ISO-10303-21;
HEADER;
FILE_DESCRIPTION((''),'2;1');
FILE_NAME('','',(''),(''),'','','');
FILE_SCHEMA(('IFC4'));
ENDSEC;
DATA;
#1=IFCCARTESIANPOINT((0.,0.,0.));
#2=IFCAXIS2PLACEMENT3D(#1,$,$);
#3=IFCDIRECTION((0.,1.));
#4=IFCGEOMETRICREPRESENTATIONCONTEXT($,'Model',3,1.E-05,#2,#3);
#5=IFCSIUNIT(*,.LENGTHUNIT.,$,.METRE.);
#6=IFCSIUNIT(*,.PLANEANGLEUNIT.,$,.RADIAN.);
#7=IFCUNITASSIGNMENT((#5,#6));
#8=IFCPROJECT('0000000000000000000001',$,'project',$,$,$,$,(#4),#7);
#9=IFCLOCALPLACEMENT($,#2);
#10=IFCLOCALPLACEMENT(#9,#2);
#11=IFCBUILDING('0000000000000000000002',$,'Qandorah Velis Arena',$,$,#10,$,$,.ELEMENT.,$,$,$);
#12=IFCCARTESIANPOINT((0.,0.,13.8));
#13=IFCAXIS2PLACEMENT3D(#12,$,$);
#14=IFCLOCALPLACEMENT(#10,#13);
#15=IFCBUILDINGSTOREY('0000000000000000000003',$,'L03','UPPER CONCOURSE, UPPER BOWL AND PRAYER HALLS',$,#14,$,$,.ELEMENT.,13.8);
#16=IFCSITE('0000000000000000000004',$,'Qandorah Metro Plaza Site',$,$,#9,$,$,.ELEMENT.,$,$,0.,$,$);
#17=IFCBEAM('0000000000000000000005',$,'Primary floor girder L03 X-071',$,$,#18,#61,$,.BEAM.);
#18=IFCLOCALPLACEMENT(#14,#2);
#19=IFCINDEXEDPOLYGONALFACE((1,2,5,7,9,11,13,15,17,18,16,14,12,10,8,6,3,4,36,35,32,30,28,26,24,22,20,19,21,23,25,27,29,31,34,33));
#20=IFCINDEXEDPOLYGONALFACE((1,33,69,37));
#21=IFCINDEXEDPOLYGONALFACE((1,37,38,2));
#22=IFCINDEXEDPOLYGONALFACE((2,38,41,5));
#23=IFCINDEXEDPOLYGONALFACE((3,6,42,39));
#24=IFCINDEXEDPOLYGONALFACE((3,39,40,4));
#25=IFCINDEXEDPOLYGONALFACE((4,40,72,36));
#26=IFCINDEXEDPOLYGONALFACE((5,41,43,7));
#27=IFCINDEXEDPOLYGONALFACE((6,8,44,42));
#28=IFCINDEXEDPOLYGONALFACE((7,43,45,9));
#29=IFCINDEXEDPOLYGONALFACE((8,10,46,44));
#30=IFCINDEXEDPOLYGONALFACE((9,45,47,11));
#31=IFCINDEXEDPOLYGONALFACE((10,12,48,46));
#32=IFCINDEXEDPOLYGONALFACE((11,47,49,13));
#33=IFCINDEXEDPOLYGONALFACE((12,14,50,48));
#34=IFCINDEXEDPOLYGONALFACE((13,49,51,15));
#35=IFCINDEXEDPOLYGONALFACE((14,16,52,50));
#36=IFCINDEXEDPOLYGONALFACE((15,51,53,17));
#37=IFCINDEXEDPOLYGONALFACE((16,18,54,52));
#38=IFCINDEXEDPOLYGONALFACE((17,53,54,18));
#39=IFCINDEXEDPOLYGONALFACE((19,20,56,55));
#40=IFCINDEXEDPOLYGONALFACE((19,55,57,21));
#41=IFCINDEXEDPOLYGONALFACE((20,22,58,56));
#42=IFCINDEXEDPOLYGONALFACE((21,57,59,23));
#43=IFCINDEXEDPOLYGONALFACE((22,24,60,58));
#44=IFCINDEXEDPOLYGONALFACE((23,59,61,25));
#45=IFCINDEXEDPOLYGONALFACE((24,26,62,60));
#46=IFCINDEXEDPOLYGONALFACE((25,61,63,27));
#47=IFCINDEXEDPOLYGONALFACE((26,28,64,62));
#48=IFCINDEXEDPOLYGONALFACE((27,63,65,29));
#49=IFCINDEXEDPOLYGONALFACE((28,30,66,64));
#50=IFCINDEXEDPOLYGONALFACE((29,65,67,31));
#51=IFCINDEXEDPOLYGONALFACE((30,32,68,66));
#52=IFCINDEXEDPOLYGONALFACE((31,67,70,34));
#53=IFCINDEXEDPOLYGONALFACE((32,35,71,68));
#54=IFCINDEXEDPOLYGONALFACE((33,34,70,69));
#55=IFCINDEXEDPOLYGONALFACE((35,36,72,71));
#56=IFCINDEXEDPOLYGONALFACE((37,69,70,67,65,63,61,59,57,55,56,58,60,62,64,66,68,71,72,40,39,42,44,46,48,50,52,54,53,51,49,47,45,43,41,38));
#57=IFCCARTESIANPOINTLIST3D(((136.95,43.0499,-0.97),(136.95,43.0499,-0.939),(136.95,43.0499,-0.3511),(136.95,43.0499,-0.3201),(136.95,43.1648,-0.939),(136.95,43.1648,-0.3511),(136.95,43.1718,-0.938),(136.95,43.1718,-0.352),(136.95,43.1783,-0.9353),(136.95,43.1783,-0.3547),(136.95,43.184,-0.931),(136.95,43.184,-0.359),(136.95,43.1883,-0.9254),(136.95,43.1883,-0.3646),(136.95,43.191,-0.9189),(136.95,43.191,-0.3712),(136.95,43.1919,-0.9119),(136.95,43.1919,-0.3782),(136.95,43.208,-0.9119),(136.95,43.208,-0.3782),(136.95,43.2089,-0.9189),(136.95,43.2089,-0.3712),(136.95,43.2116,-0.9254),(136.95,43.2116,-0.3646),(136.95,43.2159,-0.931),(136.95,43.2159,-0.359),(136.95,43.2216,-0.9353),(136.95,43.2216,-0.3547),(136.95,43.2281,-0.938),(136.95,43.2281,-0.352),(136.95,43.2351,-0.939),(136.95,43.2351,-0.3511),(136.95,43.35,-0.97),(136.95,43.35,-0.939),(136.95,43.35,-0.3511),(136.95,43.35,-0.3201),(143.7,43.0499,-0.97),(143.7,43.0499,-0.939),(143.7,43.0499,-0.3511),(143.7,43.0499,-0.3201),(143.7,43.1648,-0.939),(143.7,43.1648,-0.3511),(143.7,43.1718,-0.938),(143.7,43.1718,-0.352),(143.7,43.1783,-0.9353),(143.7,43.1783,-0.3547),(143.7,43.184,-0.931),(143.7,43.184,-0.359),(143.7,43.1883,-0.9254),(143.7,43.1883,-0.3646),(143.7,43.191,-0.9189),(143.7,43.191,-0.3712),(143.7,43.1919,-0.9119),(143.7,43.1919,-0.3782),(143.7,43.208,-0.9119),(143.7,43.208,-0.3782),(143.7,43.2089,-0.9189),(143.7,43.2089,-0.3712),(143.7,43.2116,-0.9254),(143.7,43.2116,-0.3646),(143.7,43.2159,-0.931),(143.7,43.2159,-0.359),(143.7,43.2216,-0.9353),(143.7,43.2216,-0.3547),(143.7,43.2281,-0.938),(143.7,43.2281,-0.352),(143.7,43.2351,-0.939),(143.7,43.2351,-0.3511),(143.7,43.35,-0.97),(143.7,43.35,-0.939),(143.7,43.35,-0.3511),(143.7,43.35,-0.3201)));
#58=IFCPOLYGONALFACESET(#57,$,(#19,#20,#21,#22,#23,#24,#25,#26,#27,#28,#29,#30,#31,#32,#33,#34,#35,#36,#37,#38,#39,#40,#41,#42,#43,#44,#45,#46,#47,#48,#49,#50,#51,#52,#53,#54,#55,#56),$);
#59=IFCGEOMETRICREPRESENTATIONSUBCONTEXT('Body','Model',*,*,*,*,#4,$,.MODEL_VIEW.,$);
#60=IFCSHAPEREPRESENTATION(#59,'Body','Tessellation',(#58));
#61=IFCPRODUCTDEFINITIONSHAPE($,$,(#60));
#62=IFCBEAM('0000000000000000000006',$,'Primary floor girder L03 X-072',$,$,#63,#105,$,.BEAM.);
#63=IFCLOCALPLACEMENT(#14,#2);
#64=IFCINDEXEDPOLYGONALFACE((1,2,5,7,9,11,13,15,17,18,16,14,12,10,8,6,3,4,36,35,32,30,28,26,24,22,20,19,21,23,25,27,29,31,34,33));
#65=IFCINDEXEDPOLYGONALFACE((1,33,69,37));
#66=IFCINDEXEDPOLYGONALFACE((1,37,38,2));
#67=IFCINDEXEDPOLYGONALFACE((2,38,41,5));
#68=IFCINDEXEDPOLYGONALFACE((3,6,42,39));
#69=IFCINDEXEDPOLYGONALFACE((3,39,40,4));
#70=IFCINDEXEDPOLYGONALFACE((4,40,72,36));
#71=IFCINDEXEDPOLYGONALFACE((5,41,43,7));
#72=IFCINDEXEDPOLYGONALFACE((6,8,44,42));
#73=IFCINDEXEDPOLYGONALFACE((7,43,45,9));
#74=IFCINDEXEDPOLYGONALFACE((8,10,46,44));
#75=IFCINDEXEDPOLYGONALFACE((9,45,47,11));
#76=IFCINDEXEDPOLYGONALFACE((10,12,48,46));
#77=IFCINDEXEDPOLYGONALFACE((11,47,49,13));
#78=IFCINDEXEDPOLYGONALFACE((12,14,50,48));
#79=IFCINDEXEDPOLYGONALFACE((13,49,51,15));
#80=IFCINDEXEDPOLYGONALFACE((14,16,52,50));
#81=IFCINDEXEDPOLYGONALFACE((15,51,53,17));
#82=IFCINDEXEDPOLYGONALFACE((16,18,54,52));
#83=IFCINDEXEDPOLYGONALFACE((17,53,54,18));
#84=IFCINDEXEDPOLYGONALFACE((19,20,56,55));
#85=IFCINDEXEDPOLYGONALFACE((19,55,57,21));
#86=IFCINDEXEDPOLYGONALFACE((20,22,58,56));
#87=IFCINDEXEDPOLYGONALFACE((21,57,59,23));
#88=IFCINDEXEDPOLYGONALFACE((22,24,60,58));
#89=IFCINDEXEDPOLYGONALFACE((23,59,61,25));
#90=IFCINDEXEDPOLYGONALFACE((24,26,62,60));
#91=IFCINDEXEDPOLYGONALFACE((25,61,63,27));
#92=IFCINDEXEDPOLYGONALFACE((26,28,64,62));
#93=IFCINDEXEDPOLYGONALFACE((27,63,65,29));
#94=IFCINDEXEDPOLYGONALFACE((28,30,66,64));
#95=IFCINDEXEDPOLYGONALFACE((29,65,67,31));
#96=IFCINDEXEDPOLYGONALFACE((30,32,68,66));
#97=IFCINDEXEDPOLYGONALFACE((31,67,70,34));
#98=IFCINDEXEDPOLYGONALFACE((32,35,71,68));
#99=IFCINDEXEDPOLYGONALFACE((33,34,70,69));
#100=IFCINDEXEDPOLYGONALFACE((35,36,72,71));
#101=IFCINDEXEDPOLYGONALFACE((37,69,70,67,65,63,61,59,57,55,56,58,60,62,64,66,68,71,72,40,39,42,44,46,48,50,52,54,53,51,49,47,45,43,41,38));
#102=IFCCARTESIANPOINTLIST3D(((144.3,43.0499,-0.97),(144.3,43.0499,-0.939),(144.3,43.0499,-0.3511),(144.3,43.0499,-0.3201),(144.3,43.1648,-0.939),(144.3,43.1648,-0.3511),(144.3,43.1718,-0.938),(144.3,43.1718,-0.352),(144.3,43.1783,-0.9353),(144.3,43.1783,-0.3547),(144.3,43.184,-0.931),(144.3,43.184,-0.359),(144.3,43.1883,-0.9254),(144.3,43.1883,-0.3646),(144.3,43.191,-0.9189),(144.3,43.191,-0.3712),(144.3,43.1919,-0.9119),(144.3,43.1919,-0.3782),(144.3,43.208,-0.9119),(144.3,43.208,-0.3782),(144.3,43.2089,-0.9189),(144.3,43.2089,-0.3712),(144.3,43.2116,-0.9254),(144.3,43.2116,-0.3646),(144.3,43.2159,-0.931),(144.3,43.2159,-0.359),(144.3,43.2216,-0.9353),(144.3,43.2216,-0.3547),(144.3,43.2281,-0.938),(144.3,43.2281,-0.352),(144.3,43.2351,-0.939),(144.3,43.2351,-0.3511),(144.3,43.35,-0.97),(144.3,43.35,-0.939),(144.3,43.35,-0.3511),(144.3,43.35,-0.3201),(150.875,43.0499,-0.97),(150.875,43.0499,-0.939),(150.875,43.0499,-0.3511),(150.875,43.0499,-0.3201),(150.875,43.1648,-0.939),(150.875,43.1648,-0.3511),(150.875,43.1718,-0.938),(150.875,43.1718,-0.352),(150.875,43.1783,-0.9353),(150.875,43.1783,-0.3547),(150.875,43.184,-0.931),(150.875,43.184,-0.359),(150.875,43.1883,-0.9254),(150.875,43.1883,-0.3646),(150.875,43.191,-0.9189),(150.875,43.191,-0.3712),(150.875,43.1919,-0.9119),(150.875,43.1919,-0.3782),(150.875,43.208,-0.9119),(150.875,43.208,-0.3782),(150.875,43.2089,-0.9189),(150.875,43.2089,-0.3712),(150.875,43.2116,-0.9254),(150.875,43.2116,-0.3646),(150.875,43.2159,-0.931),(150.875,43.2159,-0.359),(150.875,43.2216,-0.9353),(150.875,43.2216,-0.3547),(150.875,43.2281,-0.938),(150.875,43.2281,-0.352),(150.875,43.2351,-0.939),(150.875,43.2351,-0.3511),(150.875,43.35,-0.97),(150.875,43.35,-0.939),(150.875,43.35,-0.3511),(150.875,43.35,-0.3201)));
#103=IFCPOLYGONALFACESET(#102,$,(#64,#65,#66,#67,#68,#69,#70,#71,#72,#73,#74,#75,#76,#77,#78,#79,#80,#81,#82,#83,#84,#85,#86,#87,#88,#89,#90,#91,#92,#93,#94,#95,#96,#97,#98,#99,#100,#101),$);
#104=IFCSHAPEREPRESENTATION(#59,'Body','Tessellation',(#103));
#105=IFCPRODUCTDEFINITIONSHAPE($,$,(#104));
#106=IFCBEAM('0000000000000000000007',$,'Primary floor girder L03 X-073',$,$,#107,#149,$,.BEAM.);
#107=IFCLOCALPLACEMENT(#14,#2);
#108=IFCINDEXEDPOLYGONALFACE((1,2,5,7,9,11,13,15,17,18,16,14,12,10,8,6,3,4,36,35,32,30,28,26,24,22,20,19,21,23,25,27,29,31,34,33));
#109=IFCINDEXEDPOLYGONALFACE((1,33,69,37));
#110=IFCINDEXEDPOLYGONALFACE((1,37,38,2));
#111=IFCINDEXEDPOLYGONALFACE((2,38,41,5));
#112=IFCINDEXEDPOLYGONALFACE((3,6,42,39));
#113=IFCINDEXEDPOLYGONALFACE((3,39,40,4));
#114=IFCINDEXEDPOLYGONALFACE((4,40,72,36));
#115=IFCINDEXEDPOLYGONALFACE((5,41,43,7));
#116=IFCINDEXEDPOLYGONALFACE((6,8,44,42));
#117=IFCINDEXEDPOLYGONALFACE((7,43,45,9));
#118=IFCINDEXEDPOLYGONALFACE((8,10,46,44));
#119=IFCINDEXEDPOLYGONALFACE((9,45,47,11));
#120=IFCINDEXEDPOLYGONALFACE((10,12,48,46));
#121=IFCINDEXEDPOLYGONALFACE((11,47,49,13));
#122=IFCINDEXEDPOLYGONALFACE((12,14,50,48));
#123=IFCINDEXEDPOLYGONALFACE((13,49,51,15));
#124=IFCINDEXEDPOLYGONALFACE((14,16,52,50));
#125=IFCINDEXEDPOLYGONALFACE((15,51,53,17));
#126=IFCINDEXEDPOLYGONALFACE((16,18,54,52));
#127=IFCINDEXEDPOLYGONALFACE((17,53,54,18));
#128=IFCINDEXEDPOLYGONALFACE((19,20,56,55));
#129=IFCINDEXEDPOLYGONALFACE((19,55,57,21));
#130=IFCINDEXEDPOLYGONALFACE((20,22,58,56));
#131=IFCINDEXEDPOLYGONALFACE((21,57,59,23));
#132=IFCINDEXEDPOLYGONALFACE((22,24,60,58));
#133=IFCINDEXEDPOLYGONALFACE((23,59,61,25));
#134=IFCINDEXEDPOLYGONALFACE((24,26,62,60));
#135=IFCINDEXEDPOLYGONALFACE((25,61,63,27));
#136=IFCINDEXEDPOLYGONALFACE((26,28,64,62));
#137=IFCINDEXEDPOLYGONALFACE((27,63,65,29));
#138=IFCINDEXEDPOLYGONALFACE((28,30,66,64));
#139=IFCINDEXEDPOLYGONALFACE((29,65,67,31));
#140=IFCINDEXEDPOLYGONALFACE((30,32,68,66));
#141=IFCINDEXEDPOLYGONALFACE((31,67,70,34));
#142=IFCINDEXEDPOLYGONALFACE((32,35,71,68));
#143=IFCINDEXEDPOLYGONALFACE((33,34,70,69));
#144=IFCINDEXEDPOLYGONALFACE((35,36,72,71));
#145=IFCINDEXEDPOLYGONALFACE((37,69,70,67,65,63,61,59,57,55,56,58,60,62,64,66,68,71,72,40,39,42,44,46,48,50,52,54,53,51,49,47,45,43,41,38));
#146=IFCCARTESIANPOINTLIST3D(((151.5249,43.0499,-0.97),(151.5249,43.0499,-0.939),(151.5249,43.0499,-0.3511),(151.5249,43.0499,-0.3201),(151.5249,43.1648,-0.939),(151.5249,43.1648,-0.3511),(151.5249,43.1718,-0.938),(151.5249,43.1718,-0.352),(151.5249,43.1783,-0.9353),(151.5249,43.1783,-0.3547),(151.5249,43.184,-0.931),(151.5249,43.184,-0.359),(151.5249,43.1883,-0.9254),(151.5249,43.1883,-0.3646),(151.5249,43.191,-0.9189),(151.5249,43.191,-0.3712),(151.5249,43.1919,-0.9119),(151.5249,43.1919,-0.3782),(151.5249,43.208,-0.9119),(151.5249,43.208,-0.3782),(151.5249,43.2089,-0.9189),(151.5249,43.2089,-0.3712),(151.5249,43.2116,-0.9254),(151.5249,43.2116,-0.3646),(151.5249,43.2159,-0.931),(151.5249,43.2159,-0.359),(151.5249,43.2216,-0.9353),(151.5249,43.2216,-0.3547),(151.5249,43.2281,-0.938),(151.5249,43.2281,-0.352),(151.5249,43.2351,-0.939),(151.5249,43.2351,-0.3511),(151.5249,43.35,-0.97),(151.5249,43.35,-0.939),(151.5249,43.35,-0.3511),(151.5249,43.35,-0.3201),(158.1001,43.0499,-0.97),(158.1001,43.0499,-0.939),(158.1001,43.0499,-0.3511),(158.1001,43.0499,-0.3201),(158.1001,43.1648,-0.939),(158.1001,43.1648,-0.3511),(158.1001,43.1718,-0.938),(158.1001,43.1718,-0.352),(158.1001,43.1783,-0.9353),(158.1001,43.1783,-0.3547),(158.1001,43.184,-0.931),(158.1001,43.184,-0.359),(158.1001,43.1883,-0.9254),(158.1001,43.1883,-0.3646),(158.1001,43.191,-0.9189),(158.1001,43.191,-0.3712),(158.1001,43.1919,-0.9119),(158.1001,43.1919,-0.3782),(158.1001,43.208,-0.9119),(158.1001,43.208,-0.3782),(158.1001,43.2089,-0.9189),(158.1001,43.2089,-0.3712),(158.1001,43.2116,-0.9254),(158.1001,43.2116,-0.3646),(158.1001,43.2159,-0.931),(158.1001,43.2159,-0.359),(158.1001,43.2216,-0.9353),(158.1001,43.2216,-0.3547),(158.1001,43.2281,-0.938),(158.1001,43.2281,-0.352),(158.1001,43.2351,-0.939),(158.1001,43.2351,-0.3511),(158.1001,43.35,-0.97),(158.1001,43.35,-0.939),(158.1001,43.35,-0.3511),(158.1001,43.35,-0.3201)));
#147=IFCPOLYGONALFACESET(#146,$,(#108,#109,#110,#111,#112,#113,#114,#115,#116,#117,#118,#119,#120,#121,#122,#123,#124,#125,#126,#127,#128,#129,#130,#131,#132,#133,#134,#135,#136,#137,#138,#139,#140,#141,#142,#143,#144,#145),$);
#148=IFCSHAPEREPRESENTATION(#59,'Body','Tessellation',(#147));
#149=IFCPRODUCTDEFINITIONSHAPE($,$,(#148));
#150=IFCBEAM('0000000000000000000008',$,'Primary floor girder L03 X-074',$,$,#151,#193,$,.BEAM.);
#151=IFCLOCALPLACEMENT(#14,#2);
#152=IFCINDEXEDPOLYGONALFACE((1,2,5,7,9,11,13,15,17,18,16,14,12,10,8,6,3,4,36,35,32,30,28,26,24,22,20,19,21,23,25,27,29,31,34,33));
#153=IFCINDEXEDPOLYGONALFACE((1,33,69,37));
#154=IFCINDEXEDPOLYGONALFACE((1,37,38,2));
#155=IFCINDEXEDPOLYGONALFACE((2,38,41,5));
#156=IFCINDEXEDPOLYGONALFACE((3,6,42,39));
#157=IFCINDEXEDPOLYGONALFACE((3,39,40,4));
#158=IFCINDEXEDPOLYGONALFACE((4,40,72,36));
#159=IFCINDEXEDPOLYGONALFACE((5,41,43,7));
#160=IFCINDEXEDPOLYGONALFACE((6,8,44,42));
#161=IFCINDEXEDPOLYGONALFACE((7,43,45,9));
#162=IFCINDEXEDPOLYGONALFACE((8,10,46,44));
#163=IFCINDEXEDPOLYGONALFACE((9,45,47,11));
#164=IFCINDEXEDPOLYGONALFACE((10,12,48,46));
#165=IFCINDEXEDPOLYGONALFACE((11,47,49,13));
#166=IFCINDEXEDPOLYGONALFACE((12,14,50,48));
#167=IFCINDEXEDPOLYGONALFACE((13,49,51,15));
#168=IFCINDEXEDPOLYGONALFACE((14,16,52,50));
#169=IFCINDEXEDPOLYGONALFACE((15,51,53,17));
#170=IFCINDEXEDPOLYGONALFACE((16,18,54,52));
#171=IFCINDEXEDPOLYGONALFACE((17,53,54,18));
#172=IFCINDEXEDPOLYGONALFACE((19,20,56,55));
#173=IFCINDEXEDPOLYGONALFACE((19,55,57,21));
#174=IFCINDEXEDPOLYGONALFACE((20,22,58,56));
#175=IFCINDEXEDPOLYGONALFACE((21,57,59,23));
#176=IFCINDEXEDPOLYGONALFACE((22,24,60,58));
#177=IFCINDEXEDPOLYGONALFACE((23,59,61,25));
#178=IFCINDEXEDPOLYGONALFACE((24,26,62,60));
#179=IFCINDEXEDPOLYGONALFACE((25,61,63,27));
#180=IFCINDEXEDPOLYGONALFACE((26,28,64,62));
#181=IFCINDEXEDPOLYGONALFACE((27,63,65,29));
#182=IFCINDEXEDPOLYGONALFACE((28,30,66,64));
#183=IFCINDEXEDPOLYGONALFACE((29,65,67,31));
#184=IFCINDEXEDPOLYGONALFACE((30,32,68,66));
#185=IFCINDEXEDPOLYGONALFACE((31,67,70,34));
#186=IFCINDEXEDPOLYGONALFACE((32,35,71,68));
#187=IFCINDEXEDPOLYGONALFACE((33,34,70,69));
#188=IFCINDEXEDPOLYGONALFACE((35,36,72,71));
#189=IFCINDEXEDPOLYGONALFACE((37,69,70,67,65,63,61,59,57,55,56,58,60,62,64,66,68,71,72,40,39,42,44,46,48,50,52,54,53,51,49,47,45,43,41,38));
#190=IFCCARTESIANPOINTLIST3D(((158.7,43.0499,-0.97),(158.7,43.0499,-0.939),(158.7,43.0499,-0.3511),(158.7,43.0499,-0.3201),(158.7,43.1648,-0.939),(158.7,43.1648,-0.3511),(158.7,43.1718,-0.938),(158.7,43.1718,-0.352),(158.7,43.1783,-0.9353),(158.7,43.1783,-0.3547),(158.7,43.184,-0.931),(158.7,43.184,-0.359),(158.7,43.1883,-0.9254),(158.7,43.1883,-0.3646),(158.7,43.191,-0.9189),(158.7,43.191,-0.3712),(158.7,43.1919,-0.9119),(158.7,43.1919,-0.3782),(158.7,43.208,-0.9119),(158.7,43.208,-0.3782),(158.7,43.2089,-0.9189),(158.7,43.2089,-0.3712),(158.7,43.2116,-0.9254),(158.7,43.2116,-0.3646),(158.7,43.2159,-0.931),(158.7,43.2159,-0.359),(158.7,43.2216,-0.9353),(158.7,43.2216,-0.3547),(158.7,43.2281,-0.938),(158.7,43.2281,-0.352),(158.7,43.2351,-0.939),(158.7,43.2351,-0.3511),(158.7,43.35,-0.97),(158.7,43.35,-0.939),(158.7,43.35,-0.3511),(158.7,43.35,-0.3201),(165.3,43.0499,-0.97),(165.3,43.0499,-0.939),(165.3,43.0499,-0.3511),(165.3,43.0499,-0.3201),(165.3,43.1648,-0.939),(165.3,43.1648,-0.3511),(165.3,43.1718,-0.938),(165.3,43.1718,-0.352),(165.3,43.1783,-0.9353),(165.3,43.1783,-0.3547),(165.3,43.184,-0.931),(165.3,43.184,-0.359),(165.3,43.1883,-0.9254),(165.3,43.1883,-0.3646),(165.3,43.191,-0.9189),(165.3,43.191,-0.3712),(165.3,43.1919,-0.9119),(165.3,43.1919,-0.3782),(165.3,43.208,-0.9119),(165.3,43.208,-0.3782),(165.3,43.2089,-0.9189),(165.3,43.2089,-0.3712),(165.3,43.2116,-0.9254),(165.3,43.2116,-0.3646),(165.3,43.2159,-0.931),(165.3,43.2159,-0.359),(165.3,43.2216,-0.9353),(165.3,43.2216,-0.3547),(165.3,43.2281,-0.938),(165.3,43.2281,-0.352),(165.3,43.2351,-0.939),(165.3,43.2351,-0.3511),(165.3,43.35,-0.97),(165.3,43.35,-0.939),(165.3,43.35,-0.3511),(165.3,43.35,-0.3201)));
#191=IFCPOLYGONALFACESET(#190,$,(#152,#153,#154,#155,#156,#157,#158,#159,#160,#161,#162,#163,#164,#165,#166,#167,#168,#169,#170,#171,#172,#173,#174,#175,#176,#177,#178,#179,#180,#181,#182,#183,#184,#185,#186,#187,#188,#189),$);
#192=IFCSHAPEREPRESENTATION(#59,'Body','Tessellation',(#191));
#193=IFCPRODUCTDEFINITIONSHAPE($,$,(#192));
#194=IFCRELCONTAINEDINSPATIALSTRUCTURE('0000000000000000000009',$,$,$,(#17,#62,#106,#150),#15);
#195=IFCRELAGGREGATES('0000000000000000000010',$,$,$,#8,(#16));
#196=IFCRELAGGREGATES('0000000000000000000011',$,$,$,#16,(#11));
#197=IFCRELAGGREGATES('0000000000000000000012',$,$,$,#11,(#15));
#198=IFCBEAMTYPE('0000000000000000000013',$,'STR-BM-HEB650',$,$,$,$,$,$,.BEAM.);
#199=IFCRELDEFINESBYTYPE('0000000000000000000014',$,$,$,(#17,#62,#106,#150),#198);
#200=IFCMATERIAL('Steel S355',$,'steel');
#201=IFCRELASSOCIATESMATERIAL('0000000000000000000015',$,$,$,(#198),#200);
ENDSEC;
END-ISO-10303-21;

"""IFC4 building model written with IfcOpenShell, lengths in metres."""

from ifc_helpers import new_model, si_unit, direction, frame, origin, origin_2d, place, context, subcontext, project, spatial, i_section, extrude, material, material_profile, profile_set, type_object, element, save


model = new_model("IFC4")

# Units and contexts
model_context = context("Model", 3, precision=1e-05, world=origin(), true_north=direction((0.0, 1.0)))
body_context = subcontext(model_context, "Body", "Model", "MODEL_VIEW")
ifc_project = project(units=[si_unit("LENGTHUNIT", "METRE"), si_unit("PLANEANGLEUNIT", "RADIAN")], contexts=[model_context])

# Site, building, storey
site_placement = place(None, origin())
site = spatial("IfcSite", under=ifc_project, at=site_placement, Name="Qandorah Metro Plaza Site", CompositionType="ELEMENT", RefElevation=0.0)
building_placement = place(site_placement, origin())
building = spatial("IfcBuilding", under=site, at=building_placement, Name="Qandorah Velis Arena", CompositionType="ELEMENT")
storey_placement = place(building_placement, frame((0.0, 0.0, 13.8)))
storey = spatial("IfcBuildingStorey", under=building, at=storey_placement, Name="L03", Description="UPPER CONCOURSE, UPPER BOWL AND PRAYER HALLS", CompositionType="ELEMENT", Elevation=13.8)

# Beams
ifc_material_1 = material(Name="Steel S355", Category="steel")
ifc_material_profile_1 = material_profile(ifc_material_1, i_section(OverallWidth=0.3, OverallDepth=0.6499, WebThickness=0.0161, FlangeThickness=0.031, FilletRadius=0.0271, at=origin_2d()), Name="HEB 650")
ifc_profile_set_1 = profile_set([ifc_material_profile_1], Name="Steel S355")
beam_type_1 = type_object("IfcBeamType", Name="STR-BM-HEB650", PredefinedType="BEAM", material=ifc_profile_set_1)
beam_1_placement = place(storey_placement, frame((136.95, 43.2, -0.645), z_axis=(1.0, 0.0, 0.0), x_axis=(0.0, 1.0, 0.0)))
element("IfcBeam", 1, at=beam_1_placement, inside=storey, type_object=beam_type_1, Name="Primary floor girder L03 X-071", PredefinedType="BEAM", context=body_context, shape_type="SweptSolid", body=[
    extrude(i_section(OverallWidth=0.3, OverallDepth=0.6499, WebThickness=0.0161, FlangeThickness=0.031, FilletRadius=0.0271, at=origin_2d()), origin(), (0.0, 0.0, 1.0), 6.75),
])
beam_2_placement = place(storey_placement, frame((144.3, 43.2, -0.645), z_axis=(1.0, 0.0, 0.0), x_axis=(0.0, 1.0, 0.0)))
element("IfcBeam", 2, at=beam_2_placement, inside=storey, type_object=beam_type_1, Name="Primary floor girder L03 X-072", PredefinedType="BEAM", context=body_context, shape_type="SweptSolid", body=[
    extrude(i_section(OverallWidth=0.3, OverallDepth=0.6499, WebThickness=0.0161, FlangeThickness=0.031, FilletRadius=0.0271, at=origin_2d()), origin(), (0.0, 0.0, 1.0), 6.575),
])
beam_3_placement = place(storey_placement, frame((151.5249, 43.2, -0.645), z_axis=(1.0, 0.0, 0.0), x_axis=(0.0, 1.0, 0.0)))
element("IfcBeam", 3, at=beam_3_placement, inside=storey, type_object=beam_type_1, Name="Primary floor girder L03 X-073", PredefinedType="BEAM", context=body_context, shape_type="SweptSolid", body=[
    extrude(i_section(OverallWidth=0.3, OverallDepth=0.6499, WebThickness=0.0161, FlangeThickness=0.031, FilletRadius=0.0271, at=origin_2d()), origin(), (0.0, 0.0, 1.0), 6.5752),
])
beam_4_placement = place(storey_placement, frame((158.7, 43.2, -0.645), z_axis=(1.0, 0.0, 0.0), x_axis=(0.0, 1.0, 0.0)))
element("IfcBeam", 4, at=beam_4_placement, inside=storey, type_object=beam_type_1, Name="Primary floor girder L03 X-074", PredefinedType="BEAM", context=body_context, shape_type="SweptSolid", body=[
    extrude(i_section(OverallWidth=0.3, OverallDepth=0.6499, WebThickness=0.0161, FlangeThickness=0.031, FilletRadius=0.0271, at=origin_2d()), origin(), (0.0, 0.0, 1.0), 6.6001),
])

save(model, "model.ifc")
